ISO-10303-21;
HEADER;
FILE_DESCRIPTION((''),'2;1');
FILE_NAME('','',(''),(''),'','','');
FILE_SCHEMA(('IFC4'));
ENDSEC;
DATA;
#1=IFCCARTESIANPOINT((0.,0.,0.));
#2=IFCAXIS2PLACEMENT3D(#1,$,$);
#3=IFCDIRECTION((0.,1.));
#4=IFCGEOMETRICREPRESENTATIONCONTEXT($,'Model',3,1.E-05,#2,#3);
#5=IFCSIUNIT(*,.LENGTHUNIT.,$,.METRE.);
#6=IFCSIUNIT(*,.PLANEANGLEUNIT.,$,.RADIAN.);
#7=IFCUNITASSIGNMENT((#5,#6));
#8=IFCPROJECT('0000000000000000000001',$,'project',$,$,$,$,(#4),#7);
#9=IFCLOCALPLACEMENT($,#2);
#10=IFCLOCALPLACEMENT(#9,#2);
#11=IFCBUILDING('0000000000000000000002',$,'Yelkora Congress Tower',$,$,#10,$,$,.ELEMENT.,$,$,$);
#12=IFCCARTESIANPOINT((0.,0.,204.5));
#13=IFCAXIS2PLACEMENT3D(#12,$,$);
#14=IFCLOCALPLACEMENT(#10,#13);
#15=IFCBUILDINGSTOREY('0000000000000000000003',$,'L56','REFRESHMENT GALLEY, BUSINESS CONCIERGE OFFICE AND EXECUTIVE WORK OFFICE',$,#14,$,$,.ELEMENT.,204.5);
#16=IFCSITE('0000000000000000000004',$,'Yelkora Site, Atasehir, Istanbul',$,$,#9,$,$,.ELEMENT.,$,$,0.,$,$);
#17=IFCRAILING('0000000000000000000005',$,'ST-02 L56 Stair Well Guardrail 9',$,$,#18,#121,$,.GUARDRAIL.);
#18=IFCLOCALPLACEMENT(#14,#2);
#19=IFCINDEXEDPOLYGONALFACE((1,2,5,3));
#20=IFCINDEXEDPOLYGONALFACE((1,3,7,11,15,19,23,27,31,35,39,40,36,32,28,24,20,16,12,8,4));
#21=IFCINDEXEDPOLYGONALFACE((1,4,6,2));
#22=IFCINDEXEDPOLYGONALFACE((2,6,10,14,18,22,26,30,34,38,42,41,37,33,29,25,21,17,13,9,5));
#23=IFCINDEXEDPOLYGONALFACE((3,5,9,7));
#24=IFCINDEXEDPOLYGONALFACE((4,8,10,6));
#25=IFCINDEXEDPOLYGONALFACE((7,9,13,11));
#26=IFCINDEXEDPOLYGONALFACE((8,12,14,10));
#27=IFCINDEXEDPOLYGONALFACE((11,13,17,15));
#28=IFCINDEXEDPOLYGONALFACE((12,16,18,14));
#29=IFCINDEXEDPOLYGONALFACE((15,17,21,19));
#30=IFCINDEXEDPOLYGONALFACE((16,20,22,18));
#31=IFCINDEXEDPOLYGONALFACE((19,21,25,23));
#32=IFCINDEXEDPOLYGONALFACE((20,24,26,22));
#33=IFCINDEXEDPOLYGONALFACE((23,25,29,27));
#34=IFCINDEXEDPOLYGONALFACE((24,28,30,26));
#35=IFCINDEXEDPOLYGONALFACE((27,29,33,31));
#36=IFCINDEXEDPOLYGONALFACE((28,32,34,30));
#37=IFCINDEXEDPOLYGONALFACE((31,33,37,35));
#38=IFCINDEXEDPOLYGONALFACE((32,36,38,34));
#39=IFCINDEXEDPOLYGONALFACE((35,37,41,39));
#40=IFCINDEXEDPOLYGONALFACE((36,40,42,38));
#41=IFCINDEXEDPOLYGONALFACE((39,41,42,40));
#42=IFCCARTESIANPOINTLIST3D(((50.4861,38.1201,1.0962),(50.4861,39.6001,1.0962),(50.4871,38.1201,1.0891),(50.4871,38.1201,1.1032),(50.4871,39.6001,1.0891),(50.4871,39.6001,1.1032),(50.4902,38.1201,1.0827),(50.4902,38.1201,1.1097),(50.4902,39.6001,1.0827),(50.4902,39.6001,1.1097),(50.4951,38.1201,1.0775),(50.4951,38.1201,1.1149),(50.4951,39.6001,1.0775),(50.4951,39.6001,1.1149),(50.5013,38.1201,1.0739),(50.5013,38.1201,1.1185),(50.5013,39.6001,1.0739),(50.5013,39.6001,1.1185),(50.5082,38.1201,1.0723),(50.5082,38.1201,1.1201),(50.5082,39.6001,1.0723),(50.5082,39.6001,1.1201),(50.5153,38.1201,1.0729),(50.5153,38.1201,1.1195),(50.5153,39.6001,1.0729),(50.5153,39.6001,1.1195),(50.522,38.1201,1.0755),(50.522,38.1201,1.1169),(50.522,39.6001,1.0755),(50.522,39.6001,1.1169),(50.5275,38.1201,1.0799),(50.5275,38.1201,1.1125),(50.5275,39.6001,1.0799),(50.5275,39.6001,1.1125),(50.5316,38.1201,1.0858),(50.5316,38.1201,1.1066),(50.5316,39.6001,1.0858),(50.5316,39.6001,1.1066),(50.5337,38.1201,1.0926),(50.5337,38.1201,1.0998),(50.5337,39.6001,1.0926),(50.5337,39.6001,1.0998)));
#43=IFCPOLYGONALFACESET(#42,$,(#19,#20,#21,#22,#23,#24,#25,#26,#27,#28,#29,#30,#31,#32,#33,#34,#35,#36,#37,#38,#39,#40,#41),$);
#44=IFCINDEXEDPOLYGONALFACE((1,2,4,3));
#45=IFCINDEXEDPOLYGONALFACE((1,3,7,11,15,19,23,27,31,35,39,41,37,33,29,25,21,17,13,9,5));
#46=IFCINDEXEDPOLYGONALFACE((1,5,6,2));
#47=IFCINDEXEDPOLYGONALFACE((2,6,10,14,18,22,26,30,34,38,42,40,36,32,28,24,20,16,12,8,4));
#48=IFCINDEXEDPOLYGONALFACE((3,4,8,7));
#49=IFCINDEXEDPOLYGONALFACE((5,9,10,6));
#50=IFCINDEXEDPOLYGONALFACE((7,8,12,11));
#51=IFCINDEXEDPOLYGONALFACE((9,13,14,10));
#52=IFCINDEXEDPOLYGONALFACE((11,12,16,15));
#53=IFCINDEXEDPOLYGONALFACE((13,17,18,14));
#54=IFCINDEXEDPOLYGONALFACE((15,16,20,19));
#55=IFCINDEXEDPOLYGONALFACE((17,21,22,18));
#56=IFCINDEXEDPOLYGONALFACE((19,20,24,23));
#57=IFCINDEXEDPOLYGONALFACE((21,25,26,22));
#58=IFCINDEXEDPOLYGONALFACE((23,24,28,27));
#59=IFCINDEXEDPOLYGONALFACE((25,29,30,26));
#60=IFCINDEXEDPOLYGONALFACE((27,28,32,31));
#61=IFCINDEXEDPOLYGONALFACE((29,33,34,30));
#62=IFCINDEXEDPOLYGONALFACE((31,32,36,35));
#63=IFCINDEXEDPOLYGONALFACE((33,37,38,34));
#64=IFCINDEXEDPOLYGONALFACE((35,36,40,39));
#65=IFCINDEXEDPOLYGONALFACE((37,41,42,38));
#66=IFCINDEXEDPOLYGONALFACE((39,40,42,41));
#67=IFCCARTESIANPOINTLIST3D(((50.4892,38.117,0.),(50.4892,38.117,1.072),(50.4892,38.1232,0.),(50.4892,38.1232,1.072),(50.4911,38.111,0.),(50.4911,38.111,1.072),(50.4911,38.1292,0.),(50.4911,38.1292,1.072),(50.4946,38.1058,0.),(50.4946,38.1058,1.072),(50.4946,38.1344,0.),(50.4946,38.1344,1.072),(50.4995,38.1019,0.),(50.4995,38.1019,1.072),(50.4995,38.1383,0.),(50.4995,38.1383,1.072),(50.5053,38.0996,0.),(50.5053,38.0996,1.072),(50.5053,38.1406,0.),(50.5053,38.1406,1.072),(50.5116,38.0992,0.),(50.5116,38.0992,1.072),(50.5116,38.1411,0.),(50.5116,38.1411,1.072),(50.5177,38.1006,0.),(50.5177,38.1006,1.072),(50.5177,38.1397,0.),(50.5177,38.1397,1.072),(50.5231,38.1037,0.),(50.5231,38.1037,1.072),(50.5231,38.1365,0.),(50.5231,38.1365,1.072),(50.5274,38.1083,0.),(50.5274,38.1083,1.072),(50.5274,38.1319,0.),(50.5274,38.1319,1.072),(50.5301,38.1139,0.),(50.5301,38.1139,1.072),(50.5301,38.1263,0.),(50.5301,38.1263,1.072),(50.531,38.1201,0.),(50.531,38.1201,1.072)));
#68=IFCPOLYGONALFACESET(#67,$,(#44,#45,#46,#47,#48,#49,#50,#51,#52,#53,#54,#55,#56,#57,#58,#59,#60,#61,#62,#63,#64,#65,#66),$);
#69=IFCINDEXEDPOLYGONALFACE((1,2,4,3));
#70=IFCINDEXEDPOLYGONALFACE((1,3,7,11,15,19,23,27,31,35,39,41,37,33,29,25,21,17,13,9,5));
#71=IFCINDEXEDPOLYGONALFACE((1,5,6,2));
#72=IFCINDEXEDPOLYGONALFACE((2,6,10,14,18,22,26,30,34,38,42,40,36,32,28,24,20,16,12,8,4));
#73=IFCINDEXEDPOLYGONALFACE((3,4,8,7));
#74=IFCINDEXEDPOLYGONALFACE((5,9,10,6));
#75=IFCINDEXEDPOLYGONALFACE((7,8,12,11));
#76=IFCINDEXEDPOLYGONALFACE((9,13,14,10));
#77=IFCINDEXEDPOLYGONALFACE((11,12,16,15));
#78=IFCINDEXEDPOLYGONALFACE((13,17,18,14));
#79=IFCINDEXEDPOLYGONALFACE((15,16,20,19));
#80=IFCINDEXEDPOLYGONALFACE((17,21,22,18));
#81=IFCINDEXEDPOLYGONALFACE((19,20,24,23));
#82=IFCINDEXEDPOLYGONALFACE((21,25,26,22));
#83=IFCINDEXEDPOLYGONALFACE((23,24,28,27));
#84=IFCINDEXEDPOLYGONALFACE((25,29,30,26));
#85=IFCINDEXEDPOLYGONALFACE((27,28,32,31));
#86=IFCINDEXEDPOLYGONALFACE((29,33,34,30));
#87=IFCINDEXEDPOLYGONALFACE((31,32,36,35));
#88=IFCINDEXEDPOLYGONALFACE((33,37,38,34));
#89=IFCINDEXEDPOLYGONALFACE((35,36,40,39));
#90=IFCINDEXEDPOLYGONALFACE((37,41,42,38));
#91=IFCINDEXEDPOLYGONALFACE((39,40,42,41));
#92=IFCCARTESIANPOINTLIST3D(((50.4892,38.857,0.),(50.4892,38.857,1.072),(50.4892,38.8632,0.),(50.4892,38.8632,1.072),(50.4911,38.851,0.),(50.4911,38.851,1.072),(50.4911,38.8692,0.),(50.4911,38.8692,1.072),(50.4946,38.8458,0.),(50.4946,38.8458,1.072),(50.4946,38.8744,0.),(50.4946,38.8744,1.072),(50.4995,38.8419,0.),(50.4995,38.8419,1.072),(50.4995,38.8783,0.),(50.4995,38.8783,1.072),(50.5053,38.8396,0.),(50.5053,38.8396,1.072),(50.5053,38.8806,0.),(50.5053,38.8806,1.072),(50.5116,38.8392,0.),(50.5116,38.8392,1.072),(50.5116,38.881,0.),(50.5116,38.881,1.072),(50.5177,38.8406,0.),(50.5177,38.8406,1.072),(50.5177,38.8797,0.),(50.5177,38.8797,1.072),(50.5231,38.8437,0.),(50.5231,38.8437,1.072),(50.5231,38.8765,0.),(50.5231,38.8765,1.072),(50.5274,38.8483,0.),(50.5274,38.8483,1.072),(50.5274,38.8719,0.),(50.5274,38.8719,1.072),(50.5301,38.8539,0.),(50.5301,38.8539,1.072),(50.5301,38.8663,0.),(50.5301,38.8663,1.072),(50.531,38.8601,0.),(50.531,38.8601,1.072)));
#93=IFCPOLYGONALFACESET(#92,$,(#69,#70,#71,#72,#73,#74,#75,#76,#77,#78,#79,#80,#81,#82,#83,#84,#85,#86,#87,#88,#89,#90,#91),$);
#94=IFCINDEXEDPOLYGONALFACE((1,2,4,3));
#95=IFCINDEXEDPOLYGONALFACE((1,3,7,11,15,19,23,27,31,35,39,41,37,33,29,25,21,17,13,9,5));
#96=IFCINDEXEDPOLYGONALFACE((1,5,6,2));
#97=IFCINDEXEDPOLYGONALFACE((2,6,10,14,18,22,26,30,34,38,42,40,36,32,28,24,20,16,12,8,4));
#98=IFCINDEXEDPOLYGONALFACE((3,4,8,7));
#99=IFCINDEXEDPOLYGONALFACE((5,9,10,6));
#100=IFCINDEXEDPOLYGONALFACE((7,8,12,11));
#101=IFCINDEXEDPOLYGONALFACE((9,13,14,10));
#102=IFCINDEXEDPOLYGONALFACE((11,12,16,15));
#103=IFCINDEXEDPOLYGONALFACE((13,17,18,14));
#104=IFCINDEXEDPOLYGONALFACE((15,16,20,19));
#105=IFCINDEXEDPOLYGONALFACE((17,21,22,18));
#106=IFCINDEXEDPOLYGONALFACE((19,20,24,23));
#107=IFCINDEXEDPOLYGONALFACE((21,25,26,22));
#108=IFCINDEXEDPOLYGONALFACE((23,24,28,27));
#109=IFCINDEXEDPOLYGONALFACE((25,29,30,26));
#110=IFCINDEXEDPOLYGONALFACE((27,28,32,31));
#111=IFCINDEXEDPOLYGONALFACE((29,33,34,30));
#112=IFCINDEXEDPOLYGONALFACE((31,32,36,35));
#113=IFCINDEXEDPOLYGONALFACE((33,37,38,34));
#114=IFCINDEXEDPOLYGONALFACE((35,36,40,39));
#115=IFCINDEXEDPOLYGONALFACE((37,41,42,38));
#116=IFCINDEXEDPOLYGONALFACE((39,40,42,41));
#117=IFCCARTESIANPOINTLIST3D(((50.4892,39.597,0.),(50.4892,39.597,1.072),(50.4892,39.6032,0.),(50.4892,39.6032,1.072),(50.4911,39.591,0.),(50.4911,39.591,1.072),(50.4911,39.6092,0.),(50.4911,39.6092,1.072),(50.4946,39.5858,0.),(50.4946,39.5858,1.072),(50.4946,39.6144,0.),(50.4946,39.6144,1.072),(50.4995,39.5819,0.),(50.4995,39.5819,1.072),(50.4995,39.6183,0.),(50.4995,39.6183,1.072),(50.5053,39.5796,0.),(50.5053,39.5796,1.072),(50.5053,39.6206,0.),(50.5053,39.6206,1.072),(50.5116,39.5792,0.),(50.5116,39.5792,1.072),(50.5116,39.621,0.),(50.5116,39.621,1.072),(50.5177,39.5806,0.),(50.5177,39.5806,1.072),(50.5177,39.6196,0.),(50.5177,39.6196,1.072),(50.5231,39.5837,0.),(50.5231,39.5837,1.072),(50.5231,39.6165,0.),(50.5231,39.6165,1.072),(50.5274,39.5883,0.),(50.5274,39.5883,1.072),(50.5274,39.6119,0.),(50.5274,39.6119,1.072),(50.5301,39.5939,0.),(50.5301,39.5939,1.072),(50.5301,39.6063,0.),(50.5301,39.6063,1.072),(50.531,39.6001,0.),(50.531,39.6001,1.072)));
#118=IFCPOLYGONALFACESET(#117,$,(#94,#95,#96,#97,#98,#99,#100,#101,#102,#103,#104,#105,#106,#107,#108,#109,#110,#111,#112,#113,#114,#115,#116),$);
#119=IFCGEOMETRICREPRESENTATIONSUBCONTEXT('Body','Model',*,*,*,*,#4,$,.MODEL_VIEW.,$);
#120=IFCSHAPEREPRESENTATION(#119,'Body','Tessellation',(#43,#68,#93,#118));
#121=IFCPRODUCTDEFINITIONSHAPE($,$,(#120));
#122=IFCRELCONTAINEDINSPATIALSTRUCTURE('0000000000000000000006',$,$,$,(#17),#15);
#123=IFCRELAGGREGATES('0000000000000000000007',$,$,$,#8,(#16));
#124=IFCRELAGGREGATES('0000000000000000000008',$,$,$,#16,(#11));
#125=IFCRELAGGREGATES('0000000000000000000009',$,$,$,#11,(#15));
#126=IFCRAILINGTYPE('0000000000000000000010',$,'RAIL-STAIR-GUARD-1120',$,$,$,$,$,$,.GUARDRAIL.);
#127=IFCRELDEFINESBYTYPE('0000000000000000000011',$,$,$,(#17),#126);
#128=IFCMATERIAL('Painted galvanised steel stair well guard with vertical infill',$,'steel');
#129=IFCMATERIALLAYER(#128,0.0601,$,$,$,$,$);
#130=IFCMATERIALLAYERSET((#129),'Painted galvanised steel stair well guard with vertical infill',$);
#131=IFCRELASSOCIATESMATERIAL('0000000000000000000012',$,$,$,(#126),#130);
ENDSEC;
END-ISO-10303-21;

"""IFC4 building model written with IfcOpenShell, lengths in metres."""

from ifc_helpers import new_model, si_unit, direction, frame, origin, origin_2d, place, context, subcontext, project, spatial, circle, extrude, material, layer, layer_set, type_object, element, save


model = new_model("IFC4")

# Units and contexts
model_context = context("Model", 3, precision=1e-05, world=origin(), true_north=direction((0.0, 1.0)))
body_context = subcontext(model_context, "Body", "Model", "MODEL_VIEW")
ifc_project = project(units=[si_unit("LENGTHUNIT", "METRE"), si_unit("PLANEANGLEUNIT", "RADIAN")], contexts=[model_context])

# Site, building, storey
site_placement = place(None, origin())
site = spatial("IfcSite", under=ifc_project, at=site_placement, Name="Yelkora Site, Atasehir, Istanbul", CompositionType="ELEMENT", RefElevation=0.0)
building_placement = place(site_placement, origin())
building = spatial("IfcBuilding", under=site, at=building_placement, Name="Yelkora Congress Tower", CompositionType="ELEMENT")
storey_placement = place(building_placement, frame((0.0, 0.0, 204.5)))
storey = spatial("IfcBuildingStorey", under=building, at=storey_placement, Name="L56", Description="REFRESHMENT GALLEY, BUSINESS CONCIERGE OFFICE AND EXECUTIVE WORK OFFICE", CompositionType="ELEMENT", Elevation=204.5)

# Railing
ifc_material_1 = material(Name="Painted galvanised steel stair well guard with vertical infill", Category="steel")
ifc_layer_1 = layer(ifc_material_1, 0.0601)
ifc_layer_set_1 = layer_set([ifc_layer_1], Name="Painted galvanised steel stair well guard with vertical infill")
railing_type_1 = type_object("IfcRailingType", Name="RAIL-STAIR-GUARD-1120", PredefinedType="GUARDRAIL", material=ifc_layer_set_1)
for number, where, name in (
    (1, (50.51, 38.1201, 0.0), "ST-02 L56 Stair Well Guardrail 9"),
):
    element("IfcRailing", number, at=place(storey_placement, frame(where)), inside=storey, type_object=railing_type_1, Name=name, PredefinedType="GUARDRAIL", context=body_context, shape_type="SweptSolid", body=[
        extrude(circle(Radius=0.0239, at=origin_2d()), frame((0.0, 0.0, 1.0962), z_axis=(0.0, 1.0, 0.0), x_axis=(-1.0, 0.0, 0.0)), (0.0, 0.0, 1.0), 1.48),
        extrude(circle(Radius=0.021, at=origin_2d()), origin(), (0.0, 0.0, 1.0), 1.072),
        extrude(circle(Radius=0.021, at=origin_2d()), frame((0.0, 0.74, 0.0)), (0.0, 0.0, 1.0), 1.072),
        extrude(circle(Radius=0.021, at=origin_2d()), frame((0.0, 1.48, 0.0)), (0.0, 0.0, 1.0), 1.072),
    ])

save(model, "model.ifc")
